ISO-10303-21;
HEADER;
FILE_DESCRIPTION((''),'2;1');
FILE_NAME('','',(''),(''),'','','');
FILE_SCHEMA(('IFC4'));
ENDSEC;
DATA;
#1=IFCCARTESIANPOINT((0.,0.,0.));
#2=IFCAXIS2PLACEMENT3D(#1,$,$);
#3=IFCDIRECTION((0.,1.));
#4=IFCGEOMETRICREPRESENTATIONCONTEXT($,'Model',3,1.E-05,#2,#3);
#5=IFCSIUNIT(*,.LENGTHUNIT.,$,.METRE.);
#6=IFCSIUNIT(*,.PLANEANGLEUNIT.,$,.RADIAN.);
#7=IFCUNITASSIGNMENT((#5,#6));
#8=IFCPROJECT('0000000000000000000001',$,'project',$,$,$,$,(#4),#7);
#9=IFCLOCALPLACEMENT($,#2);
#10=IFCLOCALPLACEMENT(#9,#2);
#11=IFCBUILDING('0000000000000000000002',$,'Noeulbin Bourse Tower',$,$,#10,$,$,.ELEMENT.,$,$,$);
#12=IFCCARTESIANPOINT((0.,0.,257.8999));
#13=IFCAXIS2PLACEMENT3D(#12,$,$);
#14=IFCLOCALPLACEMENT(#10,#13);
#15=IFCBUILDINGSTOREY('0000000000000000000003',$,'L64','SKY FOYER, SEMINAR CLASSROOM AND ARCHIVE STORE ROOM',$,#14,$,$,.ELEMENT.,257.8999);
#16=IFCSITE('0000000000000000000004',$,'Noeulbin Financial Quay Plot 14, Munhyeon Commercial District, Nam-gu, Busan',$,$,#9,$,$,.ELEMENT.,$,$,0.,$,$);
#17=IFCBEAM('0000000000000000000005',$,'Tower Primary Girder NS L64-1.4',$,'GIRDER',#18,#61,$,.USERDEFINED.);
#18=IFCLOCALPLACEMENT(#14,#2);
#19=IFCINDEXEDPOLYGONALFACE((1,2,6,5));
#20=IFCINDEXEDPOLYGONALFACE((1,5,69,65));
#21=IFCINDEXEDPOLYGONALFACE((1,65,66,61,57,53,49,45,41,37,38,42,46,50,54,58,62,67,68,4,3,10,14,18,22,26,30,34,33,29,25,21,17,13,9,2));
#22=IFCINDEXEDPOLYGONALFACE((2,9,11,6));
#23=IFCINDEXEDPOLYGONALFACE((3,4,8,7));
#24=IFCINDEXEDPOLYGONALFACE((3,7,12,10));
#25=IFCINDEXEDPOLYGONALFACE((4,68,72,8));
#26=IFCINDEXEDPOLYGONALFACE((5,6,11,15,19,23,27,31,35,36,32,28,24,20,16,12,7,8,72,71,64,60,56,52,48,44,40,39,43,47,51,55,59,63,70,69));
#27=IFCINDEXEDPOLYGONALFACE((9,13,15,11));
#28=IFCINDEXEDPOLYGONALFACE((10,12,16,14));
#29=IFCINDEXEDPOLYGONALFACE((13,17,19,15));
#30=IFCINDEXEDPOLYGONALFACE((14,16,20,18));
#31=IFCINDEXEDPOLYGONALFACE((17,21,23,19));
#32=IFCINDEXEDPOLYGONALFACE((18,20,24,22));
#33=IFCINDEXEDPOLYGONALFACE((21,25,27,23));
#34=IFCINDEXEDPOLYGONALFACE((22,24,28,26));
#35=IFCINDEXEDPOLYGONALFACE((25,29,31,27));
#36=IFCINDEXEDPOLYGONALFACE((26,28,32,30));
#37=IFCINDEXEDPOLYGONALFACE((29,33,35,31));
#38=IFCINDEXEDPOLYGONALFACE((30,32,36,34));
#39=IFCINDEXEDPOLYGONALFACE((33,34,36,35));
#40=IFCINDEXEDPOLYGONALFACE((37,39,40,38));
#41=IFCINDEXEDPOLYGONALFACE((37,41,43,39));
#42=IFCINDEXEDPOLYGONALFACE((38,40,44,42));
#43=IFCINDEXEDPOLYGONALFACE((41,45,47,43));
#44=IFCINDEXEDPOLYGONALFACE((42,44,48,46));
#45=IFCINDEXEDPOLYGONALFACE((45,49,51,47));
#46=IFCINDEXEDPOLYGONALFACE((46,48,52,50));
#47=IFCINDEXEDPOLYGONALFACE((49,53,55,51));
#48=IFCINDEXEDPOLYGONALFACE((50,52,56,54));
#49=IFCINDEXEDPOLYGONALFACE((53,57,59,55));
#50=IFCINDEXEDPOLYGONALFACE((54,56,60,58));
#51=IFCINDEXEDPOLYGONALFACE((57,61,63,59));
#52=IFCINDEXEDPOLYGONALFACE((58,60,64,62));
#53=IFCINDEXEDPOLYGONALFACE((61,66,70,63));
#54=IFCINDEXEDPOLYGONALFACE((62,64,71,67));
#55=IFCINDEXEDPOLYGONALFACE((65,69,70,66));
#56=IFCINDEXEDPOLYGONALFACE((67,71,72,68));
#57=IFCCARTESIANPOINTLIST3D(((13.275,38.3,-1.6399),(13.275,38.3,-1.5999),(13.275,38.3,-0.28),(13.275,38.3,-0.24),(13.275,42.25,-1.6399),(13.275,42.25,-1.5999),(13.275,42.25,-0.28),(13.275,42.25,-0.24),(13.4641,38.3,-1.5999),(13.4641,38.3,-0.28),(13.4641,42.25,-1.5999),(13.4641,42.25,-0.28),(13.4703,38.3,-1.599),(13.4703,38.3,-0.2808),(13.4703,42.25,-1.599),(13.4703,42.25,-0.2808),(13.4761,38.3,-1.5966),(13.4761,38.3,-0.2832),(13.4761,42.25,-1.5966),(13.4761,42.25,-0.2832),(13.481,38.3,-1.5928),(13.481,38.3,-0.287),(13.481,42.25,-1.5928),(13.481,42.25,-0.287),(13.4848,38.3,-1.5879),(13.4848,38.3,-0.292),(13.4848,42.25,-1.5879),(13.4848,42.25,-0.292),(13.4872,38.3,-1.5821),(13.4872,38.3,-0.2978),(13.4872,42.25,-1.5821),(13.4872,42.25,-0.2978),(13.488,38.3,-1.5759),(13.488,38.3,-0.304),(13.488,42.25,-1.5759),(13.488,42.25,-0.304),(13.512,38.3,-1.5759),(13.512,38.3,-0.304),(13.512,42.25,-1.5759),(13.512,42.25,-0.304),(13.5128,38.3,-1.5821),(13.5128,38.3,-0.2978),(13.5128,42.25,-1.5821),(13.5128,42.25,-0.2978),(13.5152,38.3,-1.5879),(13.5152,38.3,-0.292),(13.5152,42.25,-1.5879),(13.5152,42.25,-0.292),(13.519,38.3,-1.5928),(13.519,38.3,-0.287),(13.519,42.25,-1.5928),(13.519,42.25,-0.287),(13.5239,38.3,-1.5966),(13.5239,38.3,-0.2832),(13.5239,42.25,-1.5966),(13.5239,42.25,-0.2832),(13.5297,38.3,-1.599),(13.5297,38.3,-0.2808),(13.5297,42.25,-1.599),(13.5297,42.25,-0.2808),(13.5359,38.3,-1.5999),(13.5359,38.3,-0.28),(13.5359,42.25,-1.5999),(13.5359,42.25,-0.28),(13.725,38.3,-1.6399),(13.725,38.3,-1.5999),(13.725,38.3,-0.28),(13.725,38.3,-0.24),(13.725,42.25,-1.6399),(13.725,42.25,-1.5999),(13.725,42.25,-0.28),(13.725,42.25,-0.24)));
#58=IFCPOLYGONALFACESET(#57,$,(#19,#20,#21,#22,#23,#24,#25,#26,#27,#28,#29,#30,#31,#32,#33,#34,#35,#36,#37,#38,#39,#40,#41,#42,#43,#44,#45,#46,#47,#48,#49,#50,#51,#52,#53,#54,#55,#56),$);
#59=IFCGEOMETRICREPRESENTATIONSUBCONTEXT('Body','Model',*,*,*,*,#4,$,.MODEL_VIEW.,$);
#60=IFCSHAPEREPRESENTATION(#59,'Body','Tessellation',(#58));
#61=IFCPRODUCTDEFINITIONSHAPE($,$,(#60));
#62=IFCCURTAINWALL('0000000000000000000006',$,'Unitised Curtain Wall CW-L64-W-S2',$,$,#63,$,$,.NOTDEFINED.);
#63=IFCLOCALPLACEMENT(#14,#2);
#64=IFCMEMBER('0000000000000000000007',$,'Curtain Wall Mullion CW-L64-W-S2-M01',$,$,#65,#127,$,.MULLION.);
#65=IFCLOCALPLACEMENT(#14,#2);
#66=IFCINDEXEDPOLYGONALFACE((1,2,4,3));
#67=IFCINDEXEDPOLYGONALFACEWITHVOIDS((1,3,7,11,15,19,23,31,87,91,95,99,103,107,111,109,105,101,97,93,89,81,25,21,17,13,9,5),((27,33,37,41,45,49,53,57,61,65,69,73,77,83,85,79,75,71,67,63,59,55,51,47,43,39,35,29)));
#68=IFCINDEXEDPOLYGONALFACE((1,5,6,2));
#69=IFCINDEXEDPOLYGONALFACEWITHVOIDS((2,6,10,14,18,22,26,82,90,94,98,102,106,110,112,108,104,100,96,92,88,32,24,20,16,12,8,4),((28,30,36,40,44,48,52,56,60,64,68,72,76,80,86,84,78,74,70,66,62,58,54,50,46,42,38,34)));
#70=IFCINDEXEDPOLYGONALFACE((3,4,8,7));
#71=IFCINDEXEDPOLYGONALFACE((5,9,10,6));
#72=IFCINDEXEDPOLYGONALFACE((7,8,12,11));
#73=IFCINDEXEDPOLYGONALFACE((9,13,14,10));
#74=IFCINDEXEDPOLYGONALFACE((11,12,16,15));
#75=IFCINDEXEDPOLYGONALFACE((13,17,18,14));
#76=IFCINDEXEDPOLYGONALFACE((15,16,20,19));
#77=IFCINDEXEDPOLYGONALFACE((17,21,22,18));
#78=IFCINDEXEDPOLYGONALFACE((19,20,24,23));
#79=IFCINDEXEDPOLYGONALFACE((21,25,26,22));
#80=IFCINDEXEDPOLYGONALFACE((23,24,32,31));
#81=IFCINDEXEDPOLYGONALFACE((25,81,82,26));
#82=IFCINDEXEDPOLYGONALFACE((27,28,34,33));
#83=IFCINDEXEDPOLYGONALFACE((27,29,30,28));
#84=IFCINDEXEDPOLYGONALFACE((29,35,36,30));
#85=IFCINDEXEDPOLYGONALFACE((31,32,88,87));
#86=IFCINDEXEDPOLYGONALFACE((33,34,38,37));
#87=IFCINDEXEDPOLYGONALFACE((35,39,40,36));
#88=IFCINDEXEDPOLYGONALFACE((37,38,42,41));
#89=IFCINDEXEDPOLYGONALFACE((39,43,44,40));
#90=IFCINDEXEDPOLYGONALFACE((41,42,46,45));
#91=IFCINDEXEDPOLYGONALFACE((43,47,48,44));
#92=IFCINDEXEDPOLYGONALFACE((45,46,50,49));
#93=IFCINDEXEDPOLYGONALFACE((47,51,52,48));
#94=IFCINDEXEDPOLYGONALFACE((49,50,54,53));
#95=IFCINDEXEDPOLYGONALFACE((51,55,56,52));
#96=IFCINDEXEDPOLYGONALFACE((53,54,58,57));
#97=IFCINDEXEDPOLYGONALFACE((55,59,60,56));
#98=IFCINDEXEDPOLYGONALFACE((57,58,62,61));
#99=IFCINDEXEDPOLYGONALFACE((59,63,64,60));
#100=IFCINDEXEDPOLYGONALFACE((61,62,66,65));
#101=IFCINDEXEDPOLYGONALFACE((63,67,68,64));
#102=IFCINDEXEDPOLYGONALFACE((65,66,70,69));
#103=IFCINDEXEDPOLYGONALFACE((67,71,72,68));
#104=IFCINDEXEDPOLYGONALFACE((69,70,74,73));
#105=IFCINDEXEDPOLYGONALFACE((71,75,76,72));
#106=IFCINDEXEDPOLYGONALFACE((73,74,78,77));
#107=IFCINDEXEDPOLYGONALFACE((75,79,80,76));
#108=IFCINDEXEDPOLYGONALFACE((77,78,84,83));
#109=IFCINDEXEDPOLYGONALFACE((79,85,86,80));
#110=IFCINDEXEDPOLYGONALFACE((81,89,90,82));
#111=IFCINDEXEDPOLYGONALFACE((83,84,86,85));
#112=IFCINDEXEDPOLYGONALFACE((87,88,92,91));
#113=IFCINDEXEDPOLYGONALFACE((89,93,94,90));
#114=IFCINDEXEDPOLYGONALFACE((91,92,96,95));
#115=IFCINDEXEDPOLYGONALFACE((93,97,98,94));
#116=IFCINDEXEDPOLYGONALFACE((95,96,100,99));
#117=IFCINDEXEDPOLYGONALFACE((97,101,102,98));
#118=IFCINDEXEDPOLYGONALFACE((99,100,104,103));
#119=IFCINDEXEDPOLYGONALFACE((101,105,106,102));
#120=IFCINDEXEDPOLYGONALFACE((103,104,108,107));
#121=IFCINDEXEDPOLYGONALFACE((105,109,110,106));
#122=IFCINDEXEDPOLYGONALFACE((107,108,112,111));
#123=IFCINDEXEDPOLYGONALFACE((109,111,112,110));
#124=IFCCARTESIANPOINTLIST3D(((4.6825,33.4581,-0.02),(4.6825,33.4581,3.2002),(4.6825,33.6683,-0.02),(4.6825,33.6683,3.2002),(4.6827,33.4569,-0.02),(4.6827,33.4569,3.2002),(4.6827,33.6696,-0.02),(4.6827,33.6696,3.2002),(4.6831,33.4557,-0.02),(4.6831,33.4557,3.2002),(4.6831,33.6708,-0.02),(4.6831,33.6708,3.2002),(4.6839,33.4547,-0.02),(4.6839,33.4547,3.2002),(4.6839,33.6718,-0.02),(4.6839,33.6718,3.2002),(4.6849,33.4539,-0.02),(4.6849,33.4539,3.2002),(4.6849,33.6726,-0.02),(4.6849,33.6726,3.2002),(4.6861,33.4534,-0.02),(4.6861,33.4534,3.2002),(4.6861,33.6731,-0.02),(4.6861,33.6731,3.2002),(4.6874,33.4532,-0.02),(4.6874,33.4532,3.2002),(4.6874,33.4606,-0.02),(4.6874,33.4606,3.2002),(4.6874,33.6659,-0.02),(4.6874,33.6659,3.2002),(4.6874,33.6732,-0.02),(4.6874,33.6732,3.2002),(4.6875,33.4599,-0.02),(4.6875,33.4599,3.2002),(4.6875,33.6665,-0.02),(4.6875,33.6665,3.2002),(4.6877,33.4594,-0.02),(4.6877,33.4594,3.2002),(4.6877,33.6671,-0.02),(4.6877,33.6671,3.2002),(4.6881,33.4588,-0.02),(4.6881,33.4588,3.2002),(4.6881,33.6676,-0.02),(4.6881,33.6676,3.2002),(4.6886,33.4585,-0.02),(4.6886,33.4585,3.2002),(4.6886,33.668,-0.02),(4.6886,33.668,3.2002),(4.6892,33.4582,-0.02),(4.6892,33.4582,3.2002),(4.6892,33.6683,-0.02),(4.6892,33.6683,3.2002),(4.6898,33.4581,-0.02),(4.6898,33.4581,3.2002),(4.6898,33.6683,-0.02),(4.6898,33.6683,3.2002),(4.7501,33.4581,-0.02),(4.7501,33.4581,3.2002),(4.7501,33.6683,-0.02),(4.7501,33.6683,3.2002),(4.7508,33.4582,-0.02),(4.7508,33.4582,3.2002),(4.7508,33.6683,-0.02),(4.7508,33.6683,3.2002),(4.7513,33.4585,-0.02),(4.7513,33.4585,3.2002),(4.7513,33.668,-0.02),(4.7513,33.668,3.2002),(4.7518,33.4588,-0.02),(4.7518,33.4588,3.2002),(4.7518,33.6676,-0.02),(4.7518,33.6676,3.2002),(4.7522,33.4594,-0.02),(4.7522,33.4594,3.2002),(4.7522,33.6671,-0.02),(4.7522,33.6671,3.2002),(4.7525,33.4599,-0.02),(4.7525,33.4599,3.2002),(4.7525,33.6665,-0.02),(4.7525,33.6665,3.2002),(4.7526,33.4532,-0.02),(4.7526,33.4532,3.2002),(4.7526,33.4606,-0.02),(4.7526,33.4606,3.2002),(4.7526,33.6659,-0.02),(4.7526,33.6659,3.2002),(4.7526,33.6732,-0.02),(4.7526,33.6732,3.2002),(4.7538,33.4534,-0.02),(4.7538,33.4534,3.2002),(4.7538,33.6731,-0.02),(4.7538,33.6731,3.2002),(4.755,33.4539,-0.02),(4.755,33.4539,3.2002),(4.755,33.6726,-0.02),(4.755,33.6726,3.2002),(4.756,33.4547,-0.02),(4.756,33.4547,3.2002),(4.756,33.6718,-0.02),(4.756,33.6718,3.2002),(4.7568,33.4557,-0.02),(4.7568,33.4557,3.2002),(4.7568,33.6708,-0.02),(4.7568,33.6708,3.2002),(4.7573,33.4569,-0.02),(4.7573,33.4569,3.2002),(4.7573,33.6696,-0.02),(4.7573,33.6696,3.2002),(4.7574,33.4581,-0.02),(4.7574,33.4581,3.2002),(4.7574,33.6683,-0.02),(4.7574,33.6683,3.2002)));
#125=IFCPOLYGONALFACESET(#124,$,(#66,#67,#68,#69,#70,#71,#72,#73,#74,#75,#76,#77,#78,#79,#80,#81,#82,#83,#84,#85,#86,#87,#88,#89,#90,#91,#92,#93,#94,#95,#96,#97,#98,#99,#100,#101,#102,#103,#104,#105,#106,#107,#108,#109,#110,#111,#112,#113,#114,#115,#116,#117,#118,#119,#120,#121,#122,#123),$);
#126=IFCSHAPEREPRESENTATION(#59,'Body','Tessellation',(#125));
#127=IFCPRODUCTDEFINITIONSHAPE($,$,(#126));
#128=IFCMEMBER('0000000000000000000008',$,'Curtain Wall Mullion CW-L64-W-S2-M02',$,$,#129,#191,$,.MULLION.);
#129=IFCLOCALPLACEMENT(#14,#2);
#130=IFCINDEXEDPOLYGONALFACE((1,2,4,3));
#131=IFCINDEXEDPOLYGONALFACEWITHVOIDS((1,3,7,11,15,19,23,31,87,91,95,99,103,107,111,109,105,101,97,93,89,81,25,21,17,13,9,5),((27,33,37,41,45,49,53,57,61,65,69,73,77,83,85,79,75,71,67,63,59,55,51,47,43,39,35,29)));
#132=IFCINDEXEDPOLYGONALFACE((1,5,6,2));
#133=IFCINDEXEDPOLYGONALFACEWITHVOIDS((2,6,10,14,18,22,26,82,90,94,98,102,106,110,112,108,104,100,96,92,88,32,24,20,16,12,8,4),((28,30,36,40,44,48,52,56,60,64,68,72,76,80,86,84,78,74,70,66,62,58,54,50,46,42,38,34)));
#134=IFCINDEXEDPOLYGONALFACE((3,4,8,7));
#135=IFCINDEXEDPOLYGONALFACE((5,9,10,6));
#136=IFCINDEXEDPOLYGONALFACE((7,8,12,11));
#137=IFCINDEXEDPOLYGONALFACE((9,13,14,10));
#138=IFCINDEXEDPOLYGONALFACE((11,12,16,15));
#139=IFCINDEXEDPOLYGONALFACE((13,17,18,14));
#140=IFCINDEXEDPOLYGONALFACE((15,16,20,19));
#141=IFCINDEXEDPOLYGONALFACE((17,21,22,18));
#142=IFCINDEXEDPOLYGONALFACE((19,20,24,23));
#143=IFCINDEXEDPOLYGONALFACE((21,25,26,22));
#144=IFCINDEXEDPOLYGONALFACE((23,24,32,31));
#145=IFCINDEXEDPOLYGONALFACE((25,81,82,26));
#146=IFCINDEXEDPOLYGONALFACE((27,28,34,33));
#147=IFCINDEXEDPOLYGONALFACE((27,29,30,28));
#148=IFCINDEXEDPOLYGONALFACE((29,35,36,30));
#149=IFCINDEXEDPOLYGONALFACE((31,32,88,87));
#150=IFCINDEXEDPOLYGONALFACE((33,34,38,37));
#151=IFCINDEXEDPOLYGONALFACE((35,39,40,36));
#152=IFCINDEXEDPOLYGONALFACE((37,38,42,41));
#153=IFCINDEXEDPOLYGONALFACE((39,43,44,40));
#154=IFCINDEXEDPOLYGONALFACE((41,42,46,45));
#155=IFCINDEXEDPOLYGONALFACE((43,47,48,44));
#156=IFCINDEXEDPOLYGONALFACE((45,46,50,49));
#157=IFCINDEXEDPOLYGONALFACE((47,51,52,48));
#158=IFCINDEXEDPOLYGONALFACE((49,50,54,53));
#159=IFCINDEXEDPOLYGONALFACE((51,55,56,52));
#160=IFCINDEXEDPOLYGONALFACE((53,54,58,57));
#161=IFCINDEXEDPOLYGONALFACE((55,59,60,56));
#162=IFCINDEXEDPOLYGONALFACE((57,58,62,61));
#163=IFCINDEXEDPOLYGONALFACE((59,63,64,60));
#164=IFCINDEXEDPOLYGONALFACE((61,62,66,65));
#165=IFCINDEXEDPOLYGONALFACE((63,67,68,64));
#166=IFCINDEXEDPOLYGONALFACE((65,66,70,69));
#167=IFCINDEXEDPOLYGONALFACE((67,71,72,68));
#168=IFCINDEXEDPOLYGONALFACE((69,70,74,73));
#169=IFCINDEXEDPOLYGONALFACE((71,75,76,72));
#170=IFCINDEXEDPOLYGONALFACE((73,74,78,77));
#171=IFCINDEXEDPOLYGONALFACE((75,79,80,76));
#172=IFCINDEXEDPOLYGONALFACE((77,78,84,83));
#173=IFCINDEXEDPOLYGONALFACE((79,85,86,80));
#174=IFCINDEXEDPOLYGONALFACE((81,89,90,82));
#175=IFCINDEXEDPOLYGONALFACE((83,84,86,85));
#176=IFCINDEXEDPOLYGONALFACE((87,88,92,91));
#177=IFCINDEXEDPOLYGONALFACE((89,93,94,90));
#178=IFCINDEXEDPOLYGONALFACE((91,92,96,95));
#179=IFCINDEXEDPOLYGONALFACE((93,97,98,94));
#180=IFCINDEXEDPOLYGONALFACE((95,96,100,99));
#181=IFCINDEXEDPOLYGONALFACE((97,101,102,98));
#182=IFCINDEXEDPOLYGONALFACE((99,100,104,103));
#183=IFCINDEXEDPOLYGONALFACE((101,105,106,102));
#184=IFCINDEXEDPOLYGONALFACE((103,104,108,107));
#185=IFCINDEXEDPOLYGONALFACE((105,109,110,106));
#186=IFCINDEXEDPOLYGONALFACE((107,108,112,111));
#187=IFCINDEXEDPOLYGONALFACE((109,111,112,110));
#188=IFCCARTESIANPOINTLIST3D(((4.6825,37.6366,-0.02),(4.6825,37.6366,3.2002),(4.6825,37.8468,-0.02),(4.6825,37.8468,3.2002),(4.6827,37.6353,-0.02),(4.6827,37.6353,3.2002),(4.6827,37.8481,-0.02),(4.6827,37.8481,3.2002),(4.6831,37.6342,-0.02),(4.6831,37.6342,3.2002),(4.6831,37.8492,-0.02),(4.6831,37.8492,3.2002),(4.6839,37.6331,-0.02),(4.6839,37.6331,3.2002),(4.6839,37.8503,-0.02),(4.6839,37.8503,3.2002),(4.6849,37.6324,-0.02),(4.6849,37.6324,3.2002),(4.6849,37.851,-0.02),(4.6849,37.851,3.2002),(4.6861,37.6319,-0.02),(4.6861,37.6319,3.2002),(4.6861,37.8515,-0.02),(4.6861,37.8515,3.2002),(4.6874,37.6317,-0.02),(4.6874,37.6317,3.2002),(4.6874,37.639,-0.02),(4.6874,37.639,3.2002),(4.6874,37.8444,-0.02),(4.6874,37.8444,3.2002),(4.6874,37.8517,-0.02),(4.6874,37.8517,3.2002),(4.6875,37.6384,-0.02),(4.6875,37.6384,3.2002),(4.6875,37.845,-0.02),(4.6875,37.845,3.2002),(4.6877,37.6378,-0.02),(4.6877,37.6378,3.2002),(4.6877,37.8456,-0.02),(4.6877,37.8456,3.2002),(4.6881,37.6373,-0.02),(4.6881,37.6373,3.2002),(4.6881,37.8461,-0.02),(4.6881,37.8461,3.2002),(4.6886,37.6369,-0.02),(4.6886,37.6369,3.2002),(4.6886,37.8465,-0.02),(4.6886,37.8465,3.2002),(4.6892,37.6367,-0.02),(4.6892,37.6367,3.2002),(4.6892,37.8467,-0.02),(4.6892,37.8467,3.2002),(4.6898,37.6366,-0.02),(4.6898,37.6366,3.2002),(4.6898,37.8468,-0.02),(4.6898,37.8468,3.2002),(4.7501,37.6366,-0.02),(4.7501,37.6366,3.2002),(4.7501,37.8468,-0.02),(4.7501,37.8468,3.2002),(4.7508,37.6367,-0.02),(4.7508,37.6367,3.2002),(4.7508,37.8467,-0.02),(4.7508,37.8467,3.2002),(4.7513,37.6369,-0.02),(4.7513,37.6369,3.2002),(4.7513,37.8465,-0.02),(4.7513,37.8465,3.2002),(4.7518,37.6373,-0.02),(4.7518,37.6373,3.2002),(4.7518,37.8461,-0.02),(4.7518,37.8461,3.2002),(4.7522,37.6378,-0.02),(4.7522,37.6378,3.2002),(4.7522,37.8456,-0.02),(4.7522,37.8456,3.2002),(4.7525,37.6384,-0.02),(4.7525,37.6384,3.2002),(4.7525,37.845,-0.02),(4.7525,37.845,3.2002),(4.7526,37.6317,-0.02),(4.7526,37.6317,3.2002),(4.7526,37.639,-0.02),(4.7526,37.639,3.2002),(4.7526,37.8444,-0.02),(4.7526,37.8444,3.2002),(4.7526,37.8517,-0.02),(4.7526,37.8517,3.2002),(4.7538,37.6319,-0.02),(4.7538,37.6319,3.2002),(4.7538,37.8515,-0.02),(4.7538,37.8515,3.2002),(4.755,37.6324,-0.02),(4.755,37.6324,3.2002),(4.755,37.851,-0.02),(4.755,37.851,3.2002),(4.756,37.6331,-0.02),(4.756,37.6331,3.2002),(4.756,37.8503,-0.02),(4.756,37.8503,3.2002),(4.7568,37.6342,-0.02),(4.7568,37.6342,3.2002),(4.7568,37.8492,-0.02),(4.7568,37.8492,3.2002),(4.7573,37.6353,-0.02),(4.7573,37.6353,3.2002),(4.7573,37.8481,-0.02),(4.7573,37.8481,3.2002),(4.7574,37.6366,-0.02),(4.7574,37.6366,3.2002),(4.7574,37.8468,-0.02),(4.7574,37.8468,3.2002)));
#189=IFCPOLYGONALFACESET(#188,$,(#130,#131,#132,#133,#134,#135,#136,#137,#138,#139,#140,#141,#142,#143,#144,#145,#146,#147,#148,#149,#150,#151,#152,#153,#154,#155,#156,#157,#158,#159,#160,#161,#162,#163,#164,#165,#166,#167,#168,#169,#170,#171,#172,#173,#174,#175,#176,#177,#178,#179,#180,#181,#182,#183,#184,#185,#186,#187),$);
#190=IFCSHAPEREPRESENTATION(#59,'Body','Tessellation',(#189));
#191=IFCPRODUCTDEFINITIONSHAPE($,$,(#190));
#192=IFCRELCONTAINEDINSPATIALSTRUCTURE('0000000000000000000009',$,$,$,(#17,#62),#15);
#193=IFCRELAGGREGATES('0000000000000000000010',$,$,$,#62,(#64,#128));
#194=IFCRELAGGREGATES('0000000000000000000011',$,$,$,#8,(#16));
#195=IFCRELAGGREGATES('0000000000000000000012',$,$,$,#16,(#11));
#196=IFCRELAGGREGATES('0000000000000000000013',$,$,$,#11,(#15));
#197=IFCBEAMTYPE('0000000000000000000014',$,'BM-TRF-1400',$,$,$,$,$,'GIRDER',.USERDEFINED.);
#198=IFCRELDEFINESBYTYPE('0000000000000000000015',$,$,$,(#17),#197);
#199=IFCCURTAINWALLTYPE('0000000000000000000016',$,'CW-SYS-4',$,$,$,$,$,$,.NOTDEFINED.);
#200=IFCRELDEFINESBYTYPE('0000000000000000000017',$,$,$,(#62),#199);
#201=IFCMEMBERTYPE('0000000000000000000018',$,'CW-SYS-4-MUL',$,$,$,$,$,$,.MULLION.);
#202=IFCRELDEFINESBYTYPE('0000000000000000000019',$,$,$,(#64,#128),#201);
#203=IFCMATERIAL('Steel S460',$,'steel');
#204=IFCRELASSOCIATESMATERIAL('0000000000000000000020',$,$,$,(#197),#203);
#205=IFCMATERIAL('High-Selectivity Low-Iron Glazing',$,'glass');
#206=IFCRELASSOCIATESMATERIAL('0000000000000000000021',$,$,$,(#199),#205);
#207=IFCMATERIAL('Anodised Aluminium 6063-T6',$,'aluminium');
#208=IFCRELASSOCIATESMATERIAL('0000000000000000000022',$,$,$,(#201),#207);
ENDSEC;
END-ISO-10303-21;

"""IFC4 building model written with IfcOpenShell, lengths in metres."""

from ifc_helpers import new_model, si_unit, direction, frame, origin, origin_2d, place, context, subcontext, project, spatial, hollow_rectangle, i_section, extrude, material, material_profile, profile_set, type_object, element, aggregate, save


model = new_model("IFC4")

# Units and contexts
model_context = context("Model", 3, precision=1e-05, world=origin(), true_north=direction((0.0, 1.0)))
body_context = subcontext(model_context, "Body", "Model", "MODEL_VIEW")
ifc_project = project(units=[si_unit("LENGTHUNIT", "METRE"), si_unit("PLANEANGLEUNIT", "RADIAN")], contexts=[model_context])

# Site, building, storey
site_placement = place(None, origin())
site = spatial("IfcSite", under=ifc_project, at=site_placement, Name="Noeulbin Financial Quay Plot 14, Munhyeon Commercial District, Nam-gu, Busan", CompositionType="ELEMENT", RefElevation=0.0)
building_placement = place(site_placement, origin())
building = spatial("IfcBuilding", under=site, at=building_placement, Name="Noeulbin Bourse Tower", CompositionType="ELEMENT")
storey_placement = place(building_placement, frame((0.0, 0.0, 257.8999)))
storey = spatial("IfcBuildingStorey", under=building, at=storey_placement, Name="L64", Description="SKY FOYER, SEMINAR CLASSROOM AND ARCHIVE STORE ROOM", CompositionType="ELEMENT", Elevation=257.8999)

# Beam
ifc_material_1 = material(Name="Steel S460", Category="steel")
ifc_material_profile_1 = material_profile(ifc_material_1, i_section(OverallWidth=0.45, OverallDepth=1.3999, WebThickness=0.0239, FlangeThickness=0.04, FilletRadius=0.0239, at=origin_2d()), Name="PG-1400x450x24x40", Category="LoadBearing")
ifc_profile_set_1 = profile_set([ifc_material_profile_1], Name="Steel S460")
beam_type_1 = type_object("IfcBeamType", Name="BM-TRF-1400", ElementType="GIRDER", PredefinedType="USERDEFINED", material=ifc_profile_set_1)
beam_1_placement = place(storey_placement, frame((13.5, 38.3, -0.9399), z_axis=(0.0, 1.0, 0.0), x_axis=(-1.0, 0.0, 0.0)))
element("IfcBeam", 1, at=beam_1_placement, inside=storey, type_object=beam_type_1, Name="Tower Primary Girder NS L64-1.4", ObjectType="GIRDER", PredefinedType="USERDEFINED", context=body_context, shape_type="SweptSolid", body=[
    extrude(i_section(OverallWidth=0.45, OverallDepth=1.3999, WebThickness=0.0239, FlangeThickness=0.04, FilletRadius=0.0239, at=origin_2d()), origin(), (0.0, 0.0, 1.0), 3.95),
])

# Curtain wall, members
ifc_material_2 = material(Name="High-Selectivity Low-Iron Glazing", Category="glass")
curtain_wall_type = type_object("IfcCurtainWallType", Name="CW-SYS-4", PredefinedType="NOTDEFINED", material=ifc_material_2)
curtain_wall_placement = place(storey_placement, origin())
curtain_wall = element("IfcCurtainWall", 2, at=curtain_wall_placement, inside=storey, type_object=curtain_wall_type, Name="Unitised Curtain Wall CW-L64-W-S2", PredefinedType="NOTDEFINED")
ifc_material_3 = material(Name="Anodised Aluminium 6063-T6", Category="aluminium")
ifc_material_profile_2 = material_profile(ifc_material_3, hollow_rectangle(XDim=0.075, YDim=0.22, WallThickness=0.0049, InnerFilletRadius=0.0024, OuterFilletRadius=0.0049, at=origin_2d()), Name="ALU-MULL-75x220x5", Category="LoadBearing")
ifc_profile_set_2 = profile_set([ifc_material_profile_2], Name="Anodised Aluminium 6063-T6")
member_type_1 = type_object("IfcMemberType", Name="CW-SYS-4-MUL", PredefinedType="MULLION", material=ifc_profile_set_2)
member_1_placement = place(storey_placement, frame((4.72, 33.5632, -0.02), z_axis=(0.0, 0.0, 1.0), x_axis=(1.0, 0.0, 0.0)))
member_1 = element("IfcMember", 3, at=member_1_placement, type_object=member_type_1, Name="Curtain Wall Mullion CW-L64-W-S2-M01", PredefinedType="MULLION", context=body_context, shape_type="SweptSolid", body=[
    extrude(hollow_rectangle(XDim=0.075, YDim=0.22, WallThickness=0.0049, InnerFilletRadius=0.0024, OuterFilletRadius=0.0049, at=origin_2d()), origin(), (0.0, 0.0, 1.0), 3.2202),
])
member_2_placement = place(storey_placement, frame((4.72, 37.7417, -0.02), z_axis=(0.0, 0.0, 1.0), x_axis=(1.0, 0.0, 0.0)))
member_2 = element("IfcMember", 4, at=member_2_placement, type_object=member_type_1, Name="Curtain Wall Mullion CW-L64-W-S2-M02", PredefinedType="MULLION", context=body_context, shape_type="SweptSolid", body=[
    extrude(hollow_rectangle(XDim=0.075, YDim=0.22, WallThickness=0.0049, InnerFilletRadius=0.0024, OuterFilletRadius=0.0049, at=origin_2d()), origin(), (0.0, 0.0, 1.0), 3.2202),
])

aggregate(curtain_wall, [member_1, member_2])

save(model, "model.ifc")
